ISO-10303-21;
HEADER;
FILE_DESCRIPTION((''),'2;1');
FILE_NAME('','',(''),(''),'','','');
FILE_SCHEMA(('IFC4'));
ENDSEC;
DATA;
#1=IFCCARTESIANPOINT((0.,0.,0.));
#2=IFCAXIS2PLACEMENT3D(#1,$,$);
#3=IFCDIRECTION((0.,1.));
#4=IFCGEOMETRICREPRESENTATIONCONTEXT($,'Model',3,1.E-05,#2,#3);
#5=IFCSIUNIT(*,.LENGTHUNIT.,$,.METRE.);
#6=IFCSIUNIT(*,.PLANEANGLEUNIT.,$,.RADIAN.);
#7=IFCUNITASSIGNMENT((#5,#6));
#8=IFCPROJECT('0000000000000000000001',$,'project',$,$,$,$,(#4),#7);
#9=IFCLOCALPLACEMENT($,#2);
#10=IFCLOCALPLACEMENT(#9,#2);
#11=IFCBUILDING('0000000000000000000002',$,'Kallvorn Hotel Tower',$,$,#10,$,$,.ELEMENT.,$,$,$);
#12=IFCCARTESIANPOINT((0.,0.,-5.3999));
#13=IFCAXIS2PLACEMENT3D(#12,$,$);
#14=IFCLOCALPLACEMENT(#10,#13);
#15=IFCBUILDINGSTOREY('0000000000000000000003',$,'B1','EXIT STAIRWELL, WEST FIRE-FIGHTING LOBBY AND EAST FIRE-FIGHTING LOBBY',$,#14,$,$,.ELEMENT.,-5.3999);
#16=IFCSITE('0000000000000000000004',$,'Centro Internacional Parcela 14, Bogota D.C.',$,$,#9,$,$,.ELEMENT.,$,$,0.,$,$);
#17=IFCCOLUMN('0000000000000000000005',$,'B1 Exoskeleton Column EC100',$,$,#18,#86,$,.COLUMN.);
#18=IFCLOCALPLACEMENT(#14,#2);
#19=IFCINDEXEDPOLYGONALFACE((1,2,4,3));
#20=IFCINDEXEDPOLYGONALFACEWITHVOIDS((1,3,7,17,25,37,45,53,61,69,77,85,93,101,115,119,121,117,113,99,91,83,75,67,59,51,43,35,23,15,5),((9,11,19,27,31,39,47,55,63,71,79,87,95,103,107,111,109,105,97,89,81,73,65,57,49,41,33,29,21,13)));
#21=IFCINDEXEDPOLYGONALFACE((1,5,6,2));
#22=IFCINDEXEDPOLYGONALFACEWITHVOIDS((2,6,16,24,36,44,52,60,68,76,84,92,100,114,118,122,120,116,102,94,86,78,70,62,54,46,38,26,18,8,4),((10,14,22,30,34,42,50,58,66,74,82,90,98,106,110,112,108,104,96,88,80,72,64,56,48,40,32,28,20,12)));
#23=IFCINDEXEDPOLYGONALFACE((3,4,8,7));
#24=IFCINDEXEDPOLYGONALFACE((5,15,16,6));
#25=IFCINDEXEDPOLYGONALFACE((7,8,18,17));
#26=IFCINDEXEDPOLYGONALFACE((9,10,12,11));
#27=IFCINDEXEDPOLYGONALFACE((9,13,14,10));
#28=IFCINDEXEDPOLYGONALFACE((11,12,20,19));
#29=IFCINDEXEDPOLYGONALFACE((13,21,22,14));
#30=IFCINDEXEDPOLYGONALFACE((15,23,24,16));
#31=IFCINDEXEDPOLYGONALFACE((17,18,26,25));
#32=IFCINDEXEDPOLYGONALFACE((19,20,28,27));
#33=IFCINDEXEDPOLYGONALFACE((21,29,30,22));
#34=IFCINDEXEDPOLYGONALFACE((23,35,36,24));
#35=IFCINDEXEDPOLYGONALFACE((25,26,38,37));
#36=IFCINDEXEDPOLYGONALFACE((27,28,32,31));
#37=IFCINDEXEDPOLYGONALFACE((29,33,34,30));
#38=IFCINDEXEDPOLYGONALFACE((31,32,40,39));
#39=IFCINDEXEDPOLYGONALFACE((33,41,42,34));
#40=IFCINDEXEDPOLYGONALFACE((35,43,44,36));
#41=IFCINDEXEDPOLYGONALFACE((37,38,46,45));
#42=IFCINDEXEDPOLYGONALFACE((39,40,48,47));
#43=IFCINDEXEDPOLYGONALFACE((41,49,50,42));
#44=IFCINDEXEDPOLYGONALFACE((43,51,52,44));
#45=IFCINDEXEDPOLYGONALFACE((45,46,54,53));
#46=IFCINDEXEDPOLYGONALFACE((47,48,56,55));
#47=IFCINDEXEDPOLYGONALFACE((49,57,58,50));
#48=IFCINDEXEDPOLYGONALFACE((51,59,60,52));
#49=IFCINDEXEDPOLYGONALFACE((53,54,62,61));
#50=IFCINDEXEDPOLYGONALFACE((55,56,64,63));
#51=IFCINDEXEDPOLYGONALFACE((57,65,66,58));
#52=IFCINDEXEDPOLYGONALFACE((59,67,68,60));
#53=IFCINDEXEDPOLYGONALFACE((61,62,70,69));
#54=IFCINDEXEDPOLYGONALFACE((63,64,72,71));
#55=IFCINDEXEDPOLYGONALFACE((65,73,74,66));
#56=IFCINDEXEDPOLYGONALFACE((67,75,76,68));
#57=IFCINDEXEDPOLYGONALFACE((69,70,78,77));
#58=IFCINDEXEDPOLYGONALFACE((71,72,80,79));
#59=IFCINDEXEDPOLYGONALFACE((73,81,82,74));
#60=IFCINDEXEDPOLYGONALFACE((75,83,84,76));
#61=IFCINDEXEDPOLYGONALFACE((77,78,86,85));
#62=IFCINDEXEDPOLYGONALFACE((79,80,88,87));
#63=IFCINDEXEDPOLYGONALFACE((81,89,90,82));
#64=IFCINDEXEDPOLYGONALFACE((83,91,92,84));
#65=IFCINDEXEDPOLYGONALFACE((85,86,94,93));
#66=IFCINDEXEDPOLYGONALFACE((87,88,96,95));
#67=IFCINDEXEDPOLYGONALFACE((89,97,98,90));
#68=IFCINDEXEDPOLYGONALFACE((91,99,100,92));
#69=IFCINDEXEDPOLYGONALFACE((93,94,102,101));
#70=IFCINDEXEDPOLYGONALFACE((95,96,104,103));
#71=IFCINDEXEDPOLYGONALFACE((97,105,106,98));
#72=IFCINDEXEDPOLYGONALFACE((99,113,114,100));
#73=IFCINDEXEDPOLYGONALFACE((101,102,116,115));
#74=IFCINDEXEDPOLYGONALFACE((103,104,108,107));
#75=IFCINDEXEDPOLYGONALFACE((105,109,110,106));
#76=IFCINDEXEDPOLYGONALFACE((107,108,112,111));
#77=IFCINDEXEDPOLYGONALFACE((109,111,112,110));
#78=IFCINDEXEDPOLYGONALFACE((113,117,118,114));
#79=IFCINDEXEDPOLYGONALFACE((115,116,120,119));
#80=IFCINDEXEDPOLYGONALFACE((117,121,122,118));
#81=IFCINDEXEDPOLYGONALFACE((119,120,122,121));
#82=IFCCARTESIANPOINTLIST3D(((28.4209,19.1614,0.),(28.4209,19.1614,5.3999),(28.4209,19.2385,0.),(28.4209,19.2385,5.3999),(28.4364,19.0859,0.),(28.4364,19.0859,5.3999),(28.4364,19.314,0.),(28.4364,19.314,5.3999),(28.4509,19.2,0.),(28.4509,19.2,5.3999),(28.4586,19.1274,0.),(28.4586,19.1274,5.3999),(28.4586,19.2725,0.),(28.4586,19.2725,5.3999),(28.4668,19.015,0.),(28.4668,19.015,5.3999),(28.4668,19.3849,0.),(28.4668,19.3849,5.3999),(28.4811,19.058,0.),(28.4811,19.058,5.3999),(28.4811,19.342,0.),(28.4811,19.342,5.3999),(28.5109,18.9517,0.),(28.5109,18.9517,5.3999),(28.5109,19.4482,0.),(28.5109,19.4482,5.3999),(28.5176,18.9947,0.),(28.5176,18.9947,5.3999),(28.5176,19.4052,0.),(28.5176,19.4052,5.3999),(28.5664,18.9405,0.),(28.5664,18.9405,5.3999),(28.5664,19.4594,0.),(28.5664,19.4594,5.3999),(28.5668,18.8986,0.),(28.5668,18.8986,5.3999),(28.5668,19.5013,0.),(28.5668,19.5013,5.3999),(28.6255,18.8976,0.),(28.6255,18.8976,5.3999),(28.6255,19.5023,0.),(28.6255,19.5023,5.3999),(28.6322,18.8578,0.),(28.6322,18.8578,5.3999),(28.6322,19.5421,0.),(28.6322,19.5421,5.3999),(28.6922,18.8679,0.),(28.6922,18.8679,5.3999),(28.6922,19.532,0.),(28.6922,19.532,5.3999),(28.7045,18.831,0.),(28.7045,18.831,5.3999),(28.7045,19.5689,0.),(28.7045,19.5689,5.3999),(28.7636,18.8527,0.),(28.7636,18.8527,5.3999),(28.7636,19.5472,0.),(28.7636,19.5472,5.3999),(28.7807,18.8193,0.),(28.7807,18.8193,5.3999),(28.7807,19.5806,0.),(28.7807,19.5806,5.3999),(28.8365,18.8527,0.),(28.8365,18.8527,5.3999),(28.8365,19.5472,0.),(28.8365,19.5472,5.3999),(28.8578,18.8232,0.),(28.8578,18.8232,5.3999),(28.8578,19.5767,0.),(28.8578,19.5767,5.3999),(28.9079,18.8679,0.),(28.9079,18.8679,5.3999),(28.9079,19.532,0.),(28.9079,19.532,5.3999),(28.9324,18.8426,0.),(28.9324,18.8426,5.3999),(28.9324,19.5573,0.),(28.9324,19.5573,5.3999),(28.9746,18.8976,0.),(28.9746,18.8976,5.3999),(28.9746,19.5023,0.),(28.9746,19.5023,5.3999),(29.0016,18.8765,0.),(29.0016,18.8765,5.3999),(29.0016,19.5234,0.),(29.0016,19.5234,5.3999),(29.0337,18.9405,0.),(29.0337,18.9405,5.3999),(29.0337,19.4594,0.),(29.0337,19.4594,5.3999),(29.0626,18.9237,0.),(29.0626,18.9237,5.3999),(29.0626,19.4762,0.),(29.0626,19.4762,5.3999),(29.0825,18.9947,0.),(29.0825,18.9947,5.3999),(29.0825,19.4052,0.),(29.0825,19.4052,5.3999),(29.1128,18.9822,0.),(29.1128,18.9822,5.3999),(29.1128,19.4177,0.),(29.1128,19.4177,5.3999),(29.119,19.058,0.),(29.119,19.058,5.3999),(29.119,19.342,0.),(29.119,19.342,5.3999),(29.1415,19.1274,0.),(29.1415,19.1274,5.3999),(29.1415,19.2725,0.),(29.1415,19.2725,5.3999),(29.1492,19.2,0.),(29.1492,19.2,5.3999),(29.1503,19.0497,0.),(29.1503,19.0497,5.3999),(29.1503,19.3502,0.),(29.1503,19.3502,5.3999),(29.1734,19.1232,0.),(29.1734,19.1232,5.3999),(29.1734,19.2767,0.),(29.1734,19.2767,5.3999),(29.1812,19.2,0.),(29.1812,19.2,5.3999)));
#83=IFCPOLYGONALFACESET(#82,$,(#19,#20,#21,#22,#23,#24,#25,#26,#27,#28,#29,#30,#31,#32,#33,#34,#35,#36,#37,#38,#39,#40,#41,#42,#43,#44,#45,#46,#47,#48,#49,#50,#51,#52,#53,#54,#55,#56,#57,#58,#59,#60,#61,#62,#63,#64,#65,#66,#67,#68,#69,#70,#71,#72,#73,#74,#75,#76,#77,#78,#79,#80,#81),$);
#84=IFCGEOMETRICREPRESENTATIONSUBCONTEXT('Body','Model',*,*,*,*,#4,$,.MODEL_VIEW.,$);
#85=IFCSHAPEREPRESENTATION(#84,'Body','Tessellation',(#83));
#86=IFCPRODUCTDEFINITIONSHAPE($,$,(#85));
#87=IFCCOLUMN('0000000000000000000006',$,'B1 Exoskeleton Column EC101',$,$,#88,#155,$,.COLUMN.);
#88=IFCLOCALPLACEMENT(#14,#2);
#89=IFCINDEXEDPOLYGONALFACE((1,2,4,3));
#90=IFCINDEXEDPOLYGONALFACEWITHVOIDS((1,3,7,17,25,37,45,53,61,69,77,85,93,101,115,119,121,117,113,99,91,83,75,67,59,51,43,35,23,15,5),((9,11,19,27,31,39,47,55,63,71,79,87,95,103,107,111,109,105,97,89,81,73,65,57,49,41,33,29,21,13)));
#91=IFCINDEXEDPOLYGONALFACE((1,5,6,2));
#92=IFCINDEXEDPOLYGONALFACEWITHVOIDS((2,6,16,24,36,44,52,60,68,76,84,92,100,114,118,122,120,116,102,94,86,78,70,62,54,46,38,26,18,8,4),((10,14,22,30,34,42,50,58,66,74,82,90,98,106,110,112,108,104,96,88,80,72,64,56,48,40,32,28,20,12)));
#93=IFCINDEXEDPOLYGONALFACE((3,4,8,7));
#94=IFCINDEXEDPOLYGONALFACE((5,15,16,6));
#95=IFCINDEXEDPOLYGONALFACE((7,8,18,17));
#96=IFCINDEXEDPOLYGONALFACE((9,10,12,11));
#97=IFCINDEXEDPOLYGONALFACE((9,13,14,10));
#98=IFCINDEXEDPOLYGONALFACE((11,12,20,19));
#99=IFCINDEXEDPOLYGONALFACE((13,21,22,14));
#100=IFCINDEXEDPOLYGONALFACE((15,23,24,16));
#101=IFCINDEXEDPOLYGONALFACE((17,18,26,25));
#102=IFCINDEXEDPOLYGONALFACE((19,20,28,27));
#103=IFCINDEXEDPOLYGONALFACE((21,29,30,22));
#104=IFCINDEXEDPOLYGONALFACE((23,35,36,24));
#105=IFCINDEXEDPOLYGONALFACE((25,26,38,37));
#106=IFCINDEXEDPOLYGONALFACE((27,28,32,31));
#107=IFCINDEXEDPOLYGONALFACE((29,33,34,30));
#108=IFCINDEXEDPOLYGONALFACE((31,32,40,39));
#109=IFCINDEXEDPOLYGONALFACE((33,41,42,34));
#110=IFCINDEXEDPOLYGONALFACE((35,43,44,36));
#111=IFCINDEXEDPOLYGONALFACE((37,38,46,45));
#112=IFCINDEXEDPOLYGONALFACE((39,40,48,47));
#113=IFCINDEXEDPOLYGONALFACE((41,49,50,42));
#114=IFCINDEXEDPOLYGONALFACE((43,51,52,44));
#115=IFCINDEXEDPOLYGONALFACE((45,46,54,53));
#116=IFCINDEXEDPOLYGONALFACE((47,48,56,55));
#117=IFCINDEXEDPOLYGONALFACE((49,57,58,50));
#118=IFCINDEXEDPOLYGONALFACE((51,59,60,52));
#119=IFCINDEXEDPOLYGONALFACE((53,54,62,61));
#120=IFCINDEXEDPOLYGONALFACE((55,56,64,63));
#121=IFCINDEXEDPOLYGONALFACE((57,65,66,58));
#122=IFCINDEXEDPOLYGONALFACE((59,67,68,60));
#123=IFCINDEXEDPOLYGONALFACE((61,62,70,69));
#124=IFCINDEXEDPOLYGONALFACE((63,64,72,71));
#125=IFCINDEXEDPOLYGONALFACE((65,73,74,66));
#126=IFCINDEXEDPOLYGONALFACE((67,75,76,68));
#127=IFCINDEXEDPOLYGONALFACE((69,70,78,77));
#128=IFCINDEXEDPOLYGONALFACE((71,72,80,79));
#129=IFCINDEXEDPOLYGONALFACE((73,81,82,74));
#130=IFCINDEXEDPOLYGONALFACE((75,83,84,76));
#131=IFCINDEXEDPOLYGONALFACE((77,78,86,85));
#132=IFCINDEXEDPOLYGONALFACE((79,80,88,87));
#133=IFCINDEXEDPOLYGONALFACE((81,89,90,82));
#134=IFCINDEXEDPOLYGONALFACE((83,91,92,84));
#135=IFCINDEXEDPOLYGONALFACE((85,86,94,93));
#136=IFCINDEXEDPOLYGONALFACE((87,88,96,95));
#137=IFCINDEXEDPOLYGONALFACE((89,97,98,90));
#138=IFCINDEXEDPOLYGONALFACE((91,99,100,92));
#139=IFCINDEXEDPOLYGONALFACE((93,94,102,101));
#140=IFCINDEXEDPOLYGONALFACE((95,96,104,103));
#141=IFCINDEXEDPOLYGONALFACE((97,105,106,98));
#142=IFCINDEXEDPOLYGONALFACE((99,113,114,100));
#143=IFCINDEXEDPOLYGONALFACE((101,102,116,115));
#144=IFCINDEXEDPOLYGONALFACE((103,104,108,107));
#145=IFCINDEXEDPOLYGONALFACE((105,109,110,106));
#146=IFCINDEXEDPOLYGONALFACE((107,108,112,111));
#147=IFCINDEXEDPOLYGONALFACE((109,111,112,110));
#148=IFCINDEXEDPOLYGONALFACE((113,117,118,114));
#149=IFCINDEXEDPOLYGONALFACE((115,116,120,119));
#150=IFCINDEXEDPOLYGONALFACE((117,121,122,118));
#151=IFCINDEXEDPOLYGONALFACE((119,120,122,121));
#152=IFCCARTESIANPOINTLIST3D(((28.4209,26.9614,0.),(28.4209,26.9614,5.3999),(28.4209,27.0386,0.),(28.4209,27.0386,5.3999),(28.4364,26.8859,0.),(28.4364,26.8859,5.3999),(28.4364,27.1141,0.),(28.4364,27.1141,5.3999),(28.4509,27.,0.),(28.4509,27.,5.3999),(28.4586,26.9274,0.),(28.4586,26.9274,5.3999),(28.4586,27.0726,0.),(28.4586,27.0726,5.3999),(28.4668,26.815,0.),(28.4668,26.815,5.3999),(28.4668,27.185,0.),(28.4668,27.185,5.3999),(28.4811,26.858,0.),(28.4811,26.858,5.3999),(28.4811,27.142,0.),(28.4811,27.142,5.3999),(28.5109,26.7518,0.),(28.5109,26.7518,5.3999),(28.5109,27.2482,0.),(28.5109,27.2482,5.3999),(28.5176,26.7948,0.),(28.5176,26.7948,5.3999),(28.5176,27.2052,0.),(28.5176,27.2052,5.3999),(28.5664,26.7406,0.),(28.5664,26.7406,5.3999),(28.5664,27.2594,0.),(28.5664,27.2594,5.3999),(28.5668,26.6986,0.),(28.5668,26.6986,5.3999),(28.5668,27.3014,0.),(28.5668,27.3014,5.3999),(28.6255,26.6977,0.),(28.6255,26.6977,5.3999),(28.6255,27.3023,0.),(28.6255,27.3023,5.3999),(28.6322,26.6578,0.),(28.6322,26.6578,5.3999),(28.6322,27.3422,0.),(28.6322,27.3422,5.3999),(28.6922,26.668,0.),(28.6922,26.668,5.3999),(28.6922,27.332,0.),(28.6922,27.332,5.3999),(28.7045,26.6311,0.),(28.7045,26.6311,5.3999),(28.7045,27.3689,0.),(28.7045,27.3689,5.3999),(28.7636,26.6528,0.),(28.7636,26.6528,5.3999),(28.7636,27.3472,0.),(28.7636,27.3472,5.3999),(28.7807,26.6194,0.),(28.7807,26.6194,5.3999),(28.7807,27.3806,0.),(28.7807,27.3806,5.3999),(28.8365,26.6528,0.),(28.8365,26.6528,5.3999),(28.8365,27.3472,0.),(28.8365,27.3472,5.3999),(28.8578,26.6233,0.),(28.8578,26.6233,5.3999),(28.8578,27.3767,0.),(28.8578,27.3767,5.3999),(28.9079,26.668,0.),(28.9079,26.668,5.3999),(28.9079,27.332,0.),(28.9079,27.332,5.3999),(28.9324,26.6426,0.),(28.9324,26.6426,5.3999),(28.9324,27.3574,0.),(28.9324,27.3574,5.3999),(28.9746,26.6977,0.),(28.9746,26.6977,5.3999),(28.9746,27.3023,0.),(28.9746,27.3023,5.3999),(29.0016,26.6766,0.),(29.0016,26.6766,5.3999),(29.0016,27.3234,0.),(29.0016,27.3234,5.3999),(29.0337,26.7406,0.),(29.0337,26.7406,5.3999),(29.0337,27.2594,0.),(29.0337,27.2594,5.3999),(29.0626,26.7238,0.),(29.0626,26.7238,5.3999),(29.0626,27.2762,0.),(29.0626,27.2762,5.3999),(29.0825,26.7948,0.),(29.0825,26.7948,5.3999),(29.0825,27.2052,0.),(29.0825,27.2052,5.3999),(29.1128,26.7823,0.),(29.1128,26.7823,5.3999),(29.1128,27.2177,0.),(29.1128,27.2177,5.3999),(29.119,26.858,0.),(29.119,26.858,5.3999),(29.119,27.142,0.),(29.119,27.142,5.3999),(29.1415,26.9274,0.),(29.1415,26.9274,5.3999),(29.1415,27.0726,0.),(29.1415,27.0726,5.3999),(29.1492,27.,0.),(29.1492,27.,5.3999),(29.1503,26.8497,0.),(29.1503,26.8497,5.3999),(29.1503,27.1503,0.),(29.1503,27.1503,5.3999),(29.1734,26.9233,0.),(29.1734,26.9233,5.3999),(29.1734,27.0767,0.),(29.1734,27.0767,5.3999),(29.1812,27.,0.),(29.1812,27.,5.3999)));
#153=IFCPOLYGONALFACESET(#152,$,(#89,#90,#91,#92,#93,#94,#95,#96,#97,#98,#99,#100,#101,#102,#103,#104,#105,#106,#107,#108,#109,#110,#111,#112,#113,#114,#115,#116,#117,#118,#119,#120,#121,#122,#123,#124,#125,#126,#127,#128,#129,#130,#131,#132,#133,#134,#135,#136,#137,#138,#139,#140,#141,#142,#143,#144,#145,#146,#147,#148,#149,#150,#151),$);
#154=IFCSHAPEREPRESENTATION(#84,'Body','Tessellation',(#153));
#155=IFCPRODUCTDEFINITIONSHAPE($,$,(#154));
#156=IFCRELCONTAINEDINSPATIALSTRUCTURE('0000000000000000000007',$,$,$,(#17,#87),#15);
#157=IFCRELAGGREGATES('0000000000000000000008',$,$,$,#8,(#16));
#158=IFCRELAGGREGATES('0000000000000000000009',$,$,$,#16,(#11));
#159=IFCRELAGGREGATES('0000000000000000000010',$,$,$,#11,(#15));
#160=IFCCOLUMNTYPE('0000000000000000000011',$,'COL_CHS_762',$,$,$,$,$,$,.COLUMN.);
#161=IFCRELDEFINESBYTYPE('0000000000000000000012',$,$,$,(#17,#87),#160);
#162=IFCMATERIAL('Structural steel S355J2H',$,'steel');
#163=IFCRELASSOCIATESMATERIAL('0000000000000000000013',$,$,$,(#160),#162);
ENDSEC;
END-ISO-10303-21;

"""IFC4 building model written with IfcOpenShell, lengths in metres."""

from ifc_helpers import new_model, si_unit, direction, frame, origin, origin_2d, place, context, subcontext, project, spatial, hollow_circle, extrude, material, material_profile, profile_set, type_object, element, save


model = new_model("IFC4")

# Units and contexts
model_context = context("Model", 3, precision=1e-05, world=origin(), true_north=direction((0.0, 1.0)))
body_context = subcontext(model_context, "Body", "Model", "MODEL_VIEW")
ifc_project = project(units=[si_unit("LENGTHUNIT", "METRE"), si_unit("PLANEANGLEUNIT", "RADIAN")], contexts=[model_context])

# Site, building, storey
site_placement = place(None, origin())
site = spatial("IfcSite", under=ifc_project, at=site_placement, Name="Centro Internacional Parcela 14, Bogota D.C.", CompositionType="ELEMENT", RefElevation=0.0)
building_placement = place(site_placement, origin())
building = spatial("IfcBuilding", under=site, at=building_placement, Name="Kallvorn Hotel Tower", CompositionType="ELEMENT")
storey_placement = place(building_placement, frame((0.0, 0.0, -5.3999)))
storey = spatial("IfcBuildingStorey", under=building, at=storey_placement, Name="B1", Description="EXIT STAIRWELL, WEST FIRE-FIGHTING LOBBY AND EAST FIRE-FIGHTING LOBBY", CompositionType="ELEMENT", Elevation=-5.3999)

# Columns
ifc_material_1 = material(Name="Structural steel S355J2H", Category="steel")
ifc_material_profile_1 = material_profile(ifc_material_1, hollow_circle(Radius=0.3811, WallThickness=0.032, at=origin_2d()), Name="CHS 762x32")
ifc_profile_set_1 = profile_set([ifc_material_profile_1], Name="Structural steel S355J2H")
column_type_1 = type_object("IfcColumnType", Name="COL_CHS_762", PredefinedType="COLUMN", material=ifc_profile_set_1)
for number, where, z_axis, x_axis, name in (
    (1, (28.8, 19.2, 0.0), (0.0, 0.0, 1.0), (1.0, 0.0, 0.0), "B1 Exoskeleton Column EC100"),
    (2, (28.8, 27.0, 0.0), (0.0, 0.0, 1.0), (1.0, 0.0, 0.0), "B1 Exoskeleton Column EC101"),
):
    element("IfcColumn", number, at=place(storey_placement, frame(where, z_axis=z_axis, x_axis=x_axis)), inside=storey, type_object=column_type_1, Name=name, PredefinedType="COLUMN", context=body_context, shape_type="SweptSolid", body=[
        extrude(hollow_circle(Radius=0.3811, WallThickness=0.032, at=origin_2d()), origin(), (0.0, 0.0, 1.0), 5.3999),
    ])

save(model, "model.ifc")
